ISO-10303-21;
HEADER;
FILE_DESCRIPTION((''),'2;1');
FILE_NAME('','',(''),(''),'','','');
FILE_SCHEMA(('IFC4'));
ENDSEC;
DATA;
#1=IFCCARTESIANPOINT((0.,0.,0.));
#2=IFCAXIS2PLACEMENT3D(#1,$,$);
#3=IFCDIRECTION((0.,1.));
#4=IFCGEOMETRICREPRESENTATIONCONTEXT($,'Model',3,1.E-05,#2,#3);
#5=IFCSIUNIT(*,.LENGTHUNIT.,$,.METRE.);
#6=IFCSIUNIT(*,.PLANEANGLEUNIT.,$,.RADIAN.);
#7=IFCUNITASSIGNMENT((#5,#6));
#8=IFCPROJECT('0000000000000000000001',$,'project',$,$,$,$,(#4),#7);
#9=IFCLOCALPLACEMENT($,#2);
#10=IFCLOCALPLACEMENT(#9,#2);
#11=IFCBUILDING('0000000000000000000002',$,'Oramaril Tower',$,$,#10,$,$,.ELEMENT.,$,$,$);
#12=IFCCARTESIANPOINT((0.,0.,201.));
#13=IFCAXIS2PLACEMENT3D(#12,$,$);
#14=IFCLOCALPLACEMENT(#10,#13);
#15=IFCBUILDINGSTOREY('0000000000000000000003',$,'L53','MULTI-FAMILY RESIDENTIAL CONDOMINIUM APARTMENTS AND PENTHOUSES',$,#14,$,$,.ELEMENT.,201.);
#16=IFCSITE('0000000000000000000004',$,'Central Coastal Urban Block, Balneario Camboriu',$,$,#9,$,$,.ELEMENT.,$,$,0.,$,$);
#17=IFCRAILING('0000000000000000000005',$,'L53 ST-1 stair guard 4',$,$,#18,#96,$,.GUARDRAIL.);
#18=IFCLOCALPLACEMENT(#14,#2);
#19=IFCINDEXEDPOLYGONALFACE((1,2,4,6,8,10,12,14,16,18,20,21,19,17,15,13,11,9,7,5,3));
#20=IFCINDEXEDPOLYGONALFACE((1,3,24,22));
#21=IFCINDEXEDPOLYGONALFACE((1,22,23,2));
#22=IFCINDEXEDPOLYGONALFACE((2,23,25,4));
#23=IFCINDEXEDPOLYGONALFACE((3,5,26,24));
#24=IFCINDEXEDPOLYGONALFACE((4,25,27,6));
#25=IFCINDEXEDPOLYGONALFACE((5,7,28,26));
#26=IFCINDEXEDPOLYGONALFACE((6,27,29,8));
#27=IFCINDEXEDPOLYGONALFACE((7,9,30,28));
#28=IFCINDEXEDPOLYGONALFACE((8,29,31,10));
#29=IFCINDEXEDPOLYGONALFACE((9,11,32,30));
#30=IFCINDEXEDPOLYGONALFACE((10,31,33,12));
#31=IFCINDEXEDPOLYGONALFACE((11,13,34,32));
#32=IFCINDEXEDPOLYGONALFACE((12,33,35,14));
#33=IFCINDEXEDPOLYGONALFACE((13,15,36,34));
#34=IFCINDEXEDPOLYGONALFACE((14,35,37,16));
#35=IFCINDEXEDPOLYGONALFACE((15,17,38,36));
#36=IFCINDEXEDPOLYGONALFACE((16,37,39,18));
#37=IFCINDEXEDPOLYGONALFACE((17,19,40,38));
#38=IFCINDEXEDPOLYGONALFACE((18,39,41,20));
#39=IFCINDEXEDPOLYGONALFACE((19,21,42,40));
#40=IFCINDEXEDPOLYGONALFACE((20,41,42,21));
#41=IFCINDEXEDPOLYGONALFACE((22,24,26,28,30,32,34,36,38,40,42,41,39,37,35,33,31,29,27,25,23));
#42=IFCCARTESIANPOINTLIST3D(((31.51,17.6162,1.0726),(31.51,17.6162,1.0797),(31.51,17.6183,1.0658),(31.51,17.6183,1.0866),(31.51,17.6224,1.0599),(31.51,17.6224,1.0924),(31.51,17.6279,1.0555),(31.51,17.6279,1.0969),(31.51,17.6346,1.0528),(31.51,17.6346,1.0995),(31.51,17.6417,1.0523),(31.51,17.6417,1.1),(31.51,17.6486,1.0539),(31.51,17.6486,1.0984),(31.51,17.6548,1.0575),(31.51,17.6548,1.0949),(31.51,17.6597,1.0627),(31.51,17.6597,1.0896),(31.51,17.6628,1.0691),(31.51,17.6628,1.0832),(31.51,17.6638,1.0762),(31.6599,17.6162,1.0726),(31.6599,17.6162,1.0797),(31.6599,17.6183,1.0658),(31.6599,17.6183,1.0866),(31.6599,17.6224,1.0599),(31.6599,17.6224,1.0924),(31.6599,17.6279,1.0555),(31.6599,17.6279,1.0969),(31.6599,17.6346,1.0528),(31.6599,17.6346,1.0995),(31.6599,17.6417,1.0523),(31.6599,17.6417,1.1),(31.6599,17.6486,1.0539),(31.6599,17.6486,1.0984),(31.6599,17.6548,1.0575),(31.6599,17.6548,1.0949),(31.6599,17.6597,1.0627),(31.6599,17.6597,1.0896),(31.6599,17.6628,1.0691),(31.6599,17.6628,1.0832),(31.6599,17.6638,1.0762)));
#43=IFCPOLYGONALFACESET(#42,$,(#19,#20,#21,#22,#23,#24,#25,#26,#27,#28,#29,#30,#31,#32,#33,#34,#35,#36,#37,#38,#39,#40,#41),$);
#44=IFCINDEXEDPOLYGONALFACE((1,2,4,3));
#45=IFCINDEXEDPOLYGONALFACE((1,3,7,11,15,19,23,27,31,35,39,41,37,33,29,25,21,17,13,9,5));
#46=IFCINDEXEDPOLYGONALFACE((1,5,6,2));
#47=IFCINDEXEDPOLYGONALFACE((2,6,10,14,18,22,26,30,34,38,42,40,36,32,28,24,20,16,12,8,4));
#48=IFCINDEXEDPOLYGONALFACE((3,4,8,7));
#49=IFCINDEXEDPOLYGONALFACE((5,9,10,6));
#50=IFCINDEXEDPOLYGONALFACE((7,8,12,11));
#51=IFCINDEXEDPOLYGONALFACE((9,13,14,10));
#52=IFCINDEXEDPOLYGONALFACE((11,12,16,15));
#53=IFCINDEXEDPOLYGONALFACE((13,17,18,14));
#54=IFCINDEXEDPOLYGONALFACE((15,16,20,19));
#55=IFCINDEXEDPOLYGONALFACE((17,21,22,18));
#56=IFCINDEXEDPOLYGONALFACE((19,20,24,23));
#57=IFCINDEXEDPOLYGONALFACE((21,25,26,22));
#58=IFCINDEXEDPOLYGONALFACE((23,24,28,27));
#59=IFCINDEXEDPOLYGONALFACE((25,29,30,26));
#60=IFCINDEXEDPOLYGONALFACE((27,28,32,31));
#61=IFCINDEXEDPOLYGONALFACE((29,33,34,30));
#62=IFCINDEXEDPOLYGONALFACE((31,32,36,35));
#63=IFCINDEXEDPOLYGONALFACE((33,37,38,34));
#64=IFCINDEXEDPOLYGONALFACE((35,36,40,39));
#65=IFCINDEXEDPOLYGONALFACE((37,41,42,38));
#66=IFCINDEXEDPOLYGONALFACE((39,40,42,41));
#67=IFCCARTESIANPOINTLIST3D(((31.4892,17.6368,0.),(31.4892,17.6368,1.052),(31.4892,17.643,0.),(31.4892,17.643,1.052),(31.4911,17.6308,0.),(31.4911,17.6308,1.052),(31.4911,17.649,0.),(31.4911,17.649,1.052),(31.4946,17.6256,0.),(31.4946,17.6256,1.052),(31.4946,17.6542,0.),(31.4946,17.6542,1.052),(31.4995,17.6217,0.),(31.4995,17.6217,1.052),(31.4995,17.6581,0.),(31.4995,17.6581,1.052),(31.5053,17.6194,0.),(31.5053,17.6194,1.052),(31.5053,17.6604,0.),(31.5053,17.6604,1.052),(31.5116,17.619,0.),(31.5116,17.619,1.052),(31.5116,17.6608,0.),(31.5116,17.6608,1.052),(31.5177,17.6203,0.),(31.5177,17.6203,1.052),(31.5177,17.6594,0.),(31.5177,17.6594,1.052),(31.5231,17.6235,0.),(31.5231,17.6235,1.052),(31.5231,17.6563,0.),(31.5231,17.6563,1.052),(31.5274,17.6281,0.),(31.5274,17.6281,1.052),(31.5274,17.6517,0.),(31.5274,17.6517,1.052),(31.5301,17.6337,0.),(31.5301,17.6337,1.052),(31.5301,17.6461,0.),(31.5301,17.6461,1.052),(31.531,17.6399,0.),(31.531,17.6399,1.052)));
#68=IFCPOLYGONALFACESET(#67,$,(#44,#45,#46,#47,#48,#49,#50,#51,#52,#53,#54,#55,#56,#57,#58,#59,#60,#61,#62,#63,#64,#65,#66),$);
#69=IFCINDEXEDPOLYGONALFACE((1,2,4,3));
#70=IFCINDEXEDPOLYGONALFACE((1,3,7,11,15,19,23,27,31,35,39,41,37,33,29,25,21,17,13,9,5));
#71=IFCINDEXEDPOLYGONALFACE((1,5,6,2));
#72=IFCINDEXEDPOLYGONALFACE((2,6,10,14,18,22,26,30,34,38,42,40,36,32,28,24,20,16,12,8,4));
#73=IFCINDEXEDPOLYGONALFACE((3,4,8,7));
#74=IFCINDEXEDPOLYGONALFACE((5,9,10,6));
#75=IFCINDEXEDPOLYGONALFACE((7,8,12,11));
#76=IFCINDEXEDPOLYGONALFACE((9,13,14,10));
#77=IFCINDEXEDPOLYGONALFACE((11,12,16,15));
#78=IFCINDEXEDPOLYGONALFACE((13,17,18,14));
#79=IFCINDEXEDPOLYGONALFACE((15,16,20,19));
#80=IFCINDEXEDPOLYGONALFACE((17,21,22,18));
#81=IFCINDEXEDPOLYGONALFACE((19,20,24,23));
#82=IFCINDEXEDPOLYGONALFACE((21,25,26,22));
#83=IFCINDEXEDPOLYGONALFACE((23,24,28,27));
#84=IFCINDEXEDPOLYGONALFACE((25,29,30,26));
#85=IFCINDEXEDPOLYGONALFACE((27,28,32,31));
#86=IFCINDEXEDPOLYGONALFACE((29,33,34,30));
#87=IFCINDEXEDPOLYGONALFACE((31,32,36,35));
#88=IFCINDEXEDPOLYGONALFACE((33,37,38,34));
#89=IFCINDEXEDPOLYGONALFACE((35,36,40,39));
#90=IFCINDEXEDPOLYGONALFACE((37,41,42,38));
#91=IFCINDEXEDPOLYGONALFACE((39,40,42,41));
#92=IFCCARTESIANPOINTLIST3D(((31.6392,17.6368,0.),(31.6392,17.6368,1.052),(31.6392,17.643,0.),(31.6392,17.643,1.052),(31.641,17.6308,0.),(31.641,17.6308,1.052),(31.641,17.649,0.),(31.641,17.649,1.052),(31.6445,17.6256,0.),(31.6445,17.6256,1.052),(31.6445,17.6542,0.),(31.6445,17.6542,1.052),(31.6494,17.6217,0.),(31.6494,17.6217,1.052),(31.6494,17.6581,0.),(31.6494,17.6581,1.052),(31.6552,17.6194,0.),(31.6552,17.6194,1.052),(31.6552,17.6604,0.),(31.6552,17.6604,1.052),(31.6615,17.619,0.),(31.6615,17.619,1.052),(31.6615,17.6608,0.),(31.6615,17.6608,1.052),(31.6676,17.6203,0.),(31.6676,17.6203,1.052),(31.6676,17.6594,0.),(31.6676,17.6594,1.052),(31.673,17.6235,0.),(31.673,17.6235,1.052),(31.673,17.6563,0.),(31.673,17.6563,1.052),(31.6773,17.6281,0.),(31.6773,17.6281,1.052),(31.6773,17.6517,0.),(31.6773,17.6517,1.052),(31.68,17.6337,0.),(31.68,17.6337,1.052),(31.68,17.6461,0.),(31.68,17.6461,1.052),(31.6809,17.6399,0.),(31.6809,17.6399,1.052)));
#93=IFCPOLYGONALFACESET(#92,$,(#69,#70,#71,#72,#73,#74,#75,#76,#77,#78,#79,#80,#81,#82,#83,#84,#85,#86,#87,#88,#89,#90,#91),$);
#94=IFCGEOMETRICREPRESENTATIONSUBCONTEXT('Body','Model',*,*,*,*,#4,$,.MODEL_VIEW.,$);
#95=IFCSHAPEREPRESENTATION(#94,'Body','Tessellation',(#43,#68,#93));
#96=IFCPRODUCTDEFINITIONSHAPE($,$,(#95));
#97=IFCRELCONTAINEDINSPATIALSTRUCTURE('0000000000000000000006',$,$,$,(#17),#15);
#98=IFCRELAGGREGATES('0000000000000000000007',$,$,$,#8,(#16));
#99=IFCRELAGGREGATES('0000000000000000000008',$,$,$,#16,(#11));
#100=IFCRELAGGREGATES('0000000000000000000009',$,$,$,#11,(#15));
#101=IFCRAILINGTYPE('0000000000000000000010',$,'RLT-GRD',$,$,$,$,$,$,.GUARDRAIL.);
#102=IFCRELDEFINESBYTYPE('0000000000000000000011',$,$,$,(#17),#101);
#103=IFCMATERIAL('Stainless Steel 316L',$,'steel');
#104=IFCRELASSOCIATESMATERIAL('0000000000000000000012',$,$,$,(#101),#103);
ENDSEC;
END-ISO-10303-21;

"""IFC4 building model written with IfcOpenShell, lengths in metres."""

from ifc_helpers import new_model, si_unit, direction, frame, origin, origin_2d, place, context, subcontext, project, spatial, circle, extrude, material, type_object, element, save


model = new_model("IFC4")

# Units and contexts
model_context = context("Model", 3, precision=1e-05, world=origin(), true_north=direction((0.0, 1.0)))
body_context = subcontext(model_context, "Body", "Model", "MODEL_VIEW")
ifc_project = project(units=[si_unit("LENGTHUNIT", "METRE"), si_unit("PLANEANGLEUNIT", "RADIAN")], contexts=[model_context])

# Site, building, storey
site_placement = place(None, origin())
site = spatial("IfcSite", under=ifc_project, at=site_placement, Name="Central Coastal Urban Block, Balneario Camboriu", CompositionType="ELEMENT", RefElevation=0.0)
building_placement = place(site_placement, origin())
building = spatial("IfcBuilding", under=site, at=building_placement, Name="Oramaril Tower", CompositionType="ELEMENT")
storey_placement = place(building_placement, frame((0.0, 0.0, 201.0)))
storey = spatial("IfcBuildingStorey", under=building, at=storey_placement, Name="L53", Description="MULTI-FAMILY RESIDENTIAL CONDOMINIUM APARTMENTS AND PENTHOUSES", CompositionType="ELEMENT", Elevation=201.0)

# Railing
ifc_material_1 = material(Name="Stainless Steel 316L", Category="steel")
railing_type_1 = type_object("IfcRailingType", Name="RLT-GRD", PredefinedType="GUARDRAIL", material=ifc_material_1)
railing_1_placement = place(storey_placement, frame((31.51, 17.6399, 0.0)))
element("IfcRailing", 1, at=railing_1_placement, inside=storey, type_object=railing_type_1, Name="L53 ST-1 stair guard 4", PredefinedType="GUARDRAIL", context=body_context, shape_type="SweptSolid", body=[
    extrude(circle(Radius=0.0239, at=origin_2d()), frame((0.0, 0.0, 1.0762), z_axis=(1.0, 0.0, 0.0), x_axis=(0.0, 1.0, 0.0)), (0.0, 0.0, 1.0), 0.1499),
    extrude(circle(Radius=0.021, at=origin_2d()), origin(), (0.0, 0.0, 1.0), 1.052),
    extrude(circle(Radius=0.021, at=origin_2d()), frame((0.1499, 0.0, 0.0)), (0.0, 0.0, 1.0), 1.052),
])

save(model, "model.ifc")
